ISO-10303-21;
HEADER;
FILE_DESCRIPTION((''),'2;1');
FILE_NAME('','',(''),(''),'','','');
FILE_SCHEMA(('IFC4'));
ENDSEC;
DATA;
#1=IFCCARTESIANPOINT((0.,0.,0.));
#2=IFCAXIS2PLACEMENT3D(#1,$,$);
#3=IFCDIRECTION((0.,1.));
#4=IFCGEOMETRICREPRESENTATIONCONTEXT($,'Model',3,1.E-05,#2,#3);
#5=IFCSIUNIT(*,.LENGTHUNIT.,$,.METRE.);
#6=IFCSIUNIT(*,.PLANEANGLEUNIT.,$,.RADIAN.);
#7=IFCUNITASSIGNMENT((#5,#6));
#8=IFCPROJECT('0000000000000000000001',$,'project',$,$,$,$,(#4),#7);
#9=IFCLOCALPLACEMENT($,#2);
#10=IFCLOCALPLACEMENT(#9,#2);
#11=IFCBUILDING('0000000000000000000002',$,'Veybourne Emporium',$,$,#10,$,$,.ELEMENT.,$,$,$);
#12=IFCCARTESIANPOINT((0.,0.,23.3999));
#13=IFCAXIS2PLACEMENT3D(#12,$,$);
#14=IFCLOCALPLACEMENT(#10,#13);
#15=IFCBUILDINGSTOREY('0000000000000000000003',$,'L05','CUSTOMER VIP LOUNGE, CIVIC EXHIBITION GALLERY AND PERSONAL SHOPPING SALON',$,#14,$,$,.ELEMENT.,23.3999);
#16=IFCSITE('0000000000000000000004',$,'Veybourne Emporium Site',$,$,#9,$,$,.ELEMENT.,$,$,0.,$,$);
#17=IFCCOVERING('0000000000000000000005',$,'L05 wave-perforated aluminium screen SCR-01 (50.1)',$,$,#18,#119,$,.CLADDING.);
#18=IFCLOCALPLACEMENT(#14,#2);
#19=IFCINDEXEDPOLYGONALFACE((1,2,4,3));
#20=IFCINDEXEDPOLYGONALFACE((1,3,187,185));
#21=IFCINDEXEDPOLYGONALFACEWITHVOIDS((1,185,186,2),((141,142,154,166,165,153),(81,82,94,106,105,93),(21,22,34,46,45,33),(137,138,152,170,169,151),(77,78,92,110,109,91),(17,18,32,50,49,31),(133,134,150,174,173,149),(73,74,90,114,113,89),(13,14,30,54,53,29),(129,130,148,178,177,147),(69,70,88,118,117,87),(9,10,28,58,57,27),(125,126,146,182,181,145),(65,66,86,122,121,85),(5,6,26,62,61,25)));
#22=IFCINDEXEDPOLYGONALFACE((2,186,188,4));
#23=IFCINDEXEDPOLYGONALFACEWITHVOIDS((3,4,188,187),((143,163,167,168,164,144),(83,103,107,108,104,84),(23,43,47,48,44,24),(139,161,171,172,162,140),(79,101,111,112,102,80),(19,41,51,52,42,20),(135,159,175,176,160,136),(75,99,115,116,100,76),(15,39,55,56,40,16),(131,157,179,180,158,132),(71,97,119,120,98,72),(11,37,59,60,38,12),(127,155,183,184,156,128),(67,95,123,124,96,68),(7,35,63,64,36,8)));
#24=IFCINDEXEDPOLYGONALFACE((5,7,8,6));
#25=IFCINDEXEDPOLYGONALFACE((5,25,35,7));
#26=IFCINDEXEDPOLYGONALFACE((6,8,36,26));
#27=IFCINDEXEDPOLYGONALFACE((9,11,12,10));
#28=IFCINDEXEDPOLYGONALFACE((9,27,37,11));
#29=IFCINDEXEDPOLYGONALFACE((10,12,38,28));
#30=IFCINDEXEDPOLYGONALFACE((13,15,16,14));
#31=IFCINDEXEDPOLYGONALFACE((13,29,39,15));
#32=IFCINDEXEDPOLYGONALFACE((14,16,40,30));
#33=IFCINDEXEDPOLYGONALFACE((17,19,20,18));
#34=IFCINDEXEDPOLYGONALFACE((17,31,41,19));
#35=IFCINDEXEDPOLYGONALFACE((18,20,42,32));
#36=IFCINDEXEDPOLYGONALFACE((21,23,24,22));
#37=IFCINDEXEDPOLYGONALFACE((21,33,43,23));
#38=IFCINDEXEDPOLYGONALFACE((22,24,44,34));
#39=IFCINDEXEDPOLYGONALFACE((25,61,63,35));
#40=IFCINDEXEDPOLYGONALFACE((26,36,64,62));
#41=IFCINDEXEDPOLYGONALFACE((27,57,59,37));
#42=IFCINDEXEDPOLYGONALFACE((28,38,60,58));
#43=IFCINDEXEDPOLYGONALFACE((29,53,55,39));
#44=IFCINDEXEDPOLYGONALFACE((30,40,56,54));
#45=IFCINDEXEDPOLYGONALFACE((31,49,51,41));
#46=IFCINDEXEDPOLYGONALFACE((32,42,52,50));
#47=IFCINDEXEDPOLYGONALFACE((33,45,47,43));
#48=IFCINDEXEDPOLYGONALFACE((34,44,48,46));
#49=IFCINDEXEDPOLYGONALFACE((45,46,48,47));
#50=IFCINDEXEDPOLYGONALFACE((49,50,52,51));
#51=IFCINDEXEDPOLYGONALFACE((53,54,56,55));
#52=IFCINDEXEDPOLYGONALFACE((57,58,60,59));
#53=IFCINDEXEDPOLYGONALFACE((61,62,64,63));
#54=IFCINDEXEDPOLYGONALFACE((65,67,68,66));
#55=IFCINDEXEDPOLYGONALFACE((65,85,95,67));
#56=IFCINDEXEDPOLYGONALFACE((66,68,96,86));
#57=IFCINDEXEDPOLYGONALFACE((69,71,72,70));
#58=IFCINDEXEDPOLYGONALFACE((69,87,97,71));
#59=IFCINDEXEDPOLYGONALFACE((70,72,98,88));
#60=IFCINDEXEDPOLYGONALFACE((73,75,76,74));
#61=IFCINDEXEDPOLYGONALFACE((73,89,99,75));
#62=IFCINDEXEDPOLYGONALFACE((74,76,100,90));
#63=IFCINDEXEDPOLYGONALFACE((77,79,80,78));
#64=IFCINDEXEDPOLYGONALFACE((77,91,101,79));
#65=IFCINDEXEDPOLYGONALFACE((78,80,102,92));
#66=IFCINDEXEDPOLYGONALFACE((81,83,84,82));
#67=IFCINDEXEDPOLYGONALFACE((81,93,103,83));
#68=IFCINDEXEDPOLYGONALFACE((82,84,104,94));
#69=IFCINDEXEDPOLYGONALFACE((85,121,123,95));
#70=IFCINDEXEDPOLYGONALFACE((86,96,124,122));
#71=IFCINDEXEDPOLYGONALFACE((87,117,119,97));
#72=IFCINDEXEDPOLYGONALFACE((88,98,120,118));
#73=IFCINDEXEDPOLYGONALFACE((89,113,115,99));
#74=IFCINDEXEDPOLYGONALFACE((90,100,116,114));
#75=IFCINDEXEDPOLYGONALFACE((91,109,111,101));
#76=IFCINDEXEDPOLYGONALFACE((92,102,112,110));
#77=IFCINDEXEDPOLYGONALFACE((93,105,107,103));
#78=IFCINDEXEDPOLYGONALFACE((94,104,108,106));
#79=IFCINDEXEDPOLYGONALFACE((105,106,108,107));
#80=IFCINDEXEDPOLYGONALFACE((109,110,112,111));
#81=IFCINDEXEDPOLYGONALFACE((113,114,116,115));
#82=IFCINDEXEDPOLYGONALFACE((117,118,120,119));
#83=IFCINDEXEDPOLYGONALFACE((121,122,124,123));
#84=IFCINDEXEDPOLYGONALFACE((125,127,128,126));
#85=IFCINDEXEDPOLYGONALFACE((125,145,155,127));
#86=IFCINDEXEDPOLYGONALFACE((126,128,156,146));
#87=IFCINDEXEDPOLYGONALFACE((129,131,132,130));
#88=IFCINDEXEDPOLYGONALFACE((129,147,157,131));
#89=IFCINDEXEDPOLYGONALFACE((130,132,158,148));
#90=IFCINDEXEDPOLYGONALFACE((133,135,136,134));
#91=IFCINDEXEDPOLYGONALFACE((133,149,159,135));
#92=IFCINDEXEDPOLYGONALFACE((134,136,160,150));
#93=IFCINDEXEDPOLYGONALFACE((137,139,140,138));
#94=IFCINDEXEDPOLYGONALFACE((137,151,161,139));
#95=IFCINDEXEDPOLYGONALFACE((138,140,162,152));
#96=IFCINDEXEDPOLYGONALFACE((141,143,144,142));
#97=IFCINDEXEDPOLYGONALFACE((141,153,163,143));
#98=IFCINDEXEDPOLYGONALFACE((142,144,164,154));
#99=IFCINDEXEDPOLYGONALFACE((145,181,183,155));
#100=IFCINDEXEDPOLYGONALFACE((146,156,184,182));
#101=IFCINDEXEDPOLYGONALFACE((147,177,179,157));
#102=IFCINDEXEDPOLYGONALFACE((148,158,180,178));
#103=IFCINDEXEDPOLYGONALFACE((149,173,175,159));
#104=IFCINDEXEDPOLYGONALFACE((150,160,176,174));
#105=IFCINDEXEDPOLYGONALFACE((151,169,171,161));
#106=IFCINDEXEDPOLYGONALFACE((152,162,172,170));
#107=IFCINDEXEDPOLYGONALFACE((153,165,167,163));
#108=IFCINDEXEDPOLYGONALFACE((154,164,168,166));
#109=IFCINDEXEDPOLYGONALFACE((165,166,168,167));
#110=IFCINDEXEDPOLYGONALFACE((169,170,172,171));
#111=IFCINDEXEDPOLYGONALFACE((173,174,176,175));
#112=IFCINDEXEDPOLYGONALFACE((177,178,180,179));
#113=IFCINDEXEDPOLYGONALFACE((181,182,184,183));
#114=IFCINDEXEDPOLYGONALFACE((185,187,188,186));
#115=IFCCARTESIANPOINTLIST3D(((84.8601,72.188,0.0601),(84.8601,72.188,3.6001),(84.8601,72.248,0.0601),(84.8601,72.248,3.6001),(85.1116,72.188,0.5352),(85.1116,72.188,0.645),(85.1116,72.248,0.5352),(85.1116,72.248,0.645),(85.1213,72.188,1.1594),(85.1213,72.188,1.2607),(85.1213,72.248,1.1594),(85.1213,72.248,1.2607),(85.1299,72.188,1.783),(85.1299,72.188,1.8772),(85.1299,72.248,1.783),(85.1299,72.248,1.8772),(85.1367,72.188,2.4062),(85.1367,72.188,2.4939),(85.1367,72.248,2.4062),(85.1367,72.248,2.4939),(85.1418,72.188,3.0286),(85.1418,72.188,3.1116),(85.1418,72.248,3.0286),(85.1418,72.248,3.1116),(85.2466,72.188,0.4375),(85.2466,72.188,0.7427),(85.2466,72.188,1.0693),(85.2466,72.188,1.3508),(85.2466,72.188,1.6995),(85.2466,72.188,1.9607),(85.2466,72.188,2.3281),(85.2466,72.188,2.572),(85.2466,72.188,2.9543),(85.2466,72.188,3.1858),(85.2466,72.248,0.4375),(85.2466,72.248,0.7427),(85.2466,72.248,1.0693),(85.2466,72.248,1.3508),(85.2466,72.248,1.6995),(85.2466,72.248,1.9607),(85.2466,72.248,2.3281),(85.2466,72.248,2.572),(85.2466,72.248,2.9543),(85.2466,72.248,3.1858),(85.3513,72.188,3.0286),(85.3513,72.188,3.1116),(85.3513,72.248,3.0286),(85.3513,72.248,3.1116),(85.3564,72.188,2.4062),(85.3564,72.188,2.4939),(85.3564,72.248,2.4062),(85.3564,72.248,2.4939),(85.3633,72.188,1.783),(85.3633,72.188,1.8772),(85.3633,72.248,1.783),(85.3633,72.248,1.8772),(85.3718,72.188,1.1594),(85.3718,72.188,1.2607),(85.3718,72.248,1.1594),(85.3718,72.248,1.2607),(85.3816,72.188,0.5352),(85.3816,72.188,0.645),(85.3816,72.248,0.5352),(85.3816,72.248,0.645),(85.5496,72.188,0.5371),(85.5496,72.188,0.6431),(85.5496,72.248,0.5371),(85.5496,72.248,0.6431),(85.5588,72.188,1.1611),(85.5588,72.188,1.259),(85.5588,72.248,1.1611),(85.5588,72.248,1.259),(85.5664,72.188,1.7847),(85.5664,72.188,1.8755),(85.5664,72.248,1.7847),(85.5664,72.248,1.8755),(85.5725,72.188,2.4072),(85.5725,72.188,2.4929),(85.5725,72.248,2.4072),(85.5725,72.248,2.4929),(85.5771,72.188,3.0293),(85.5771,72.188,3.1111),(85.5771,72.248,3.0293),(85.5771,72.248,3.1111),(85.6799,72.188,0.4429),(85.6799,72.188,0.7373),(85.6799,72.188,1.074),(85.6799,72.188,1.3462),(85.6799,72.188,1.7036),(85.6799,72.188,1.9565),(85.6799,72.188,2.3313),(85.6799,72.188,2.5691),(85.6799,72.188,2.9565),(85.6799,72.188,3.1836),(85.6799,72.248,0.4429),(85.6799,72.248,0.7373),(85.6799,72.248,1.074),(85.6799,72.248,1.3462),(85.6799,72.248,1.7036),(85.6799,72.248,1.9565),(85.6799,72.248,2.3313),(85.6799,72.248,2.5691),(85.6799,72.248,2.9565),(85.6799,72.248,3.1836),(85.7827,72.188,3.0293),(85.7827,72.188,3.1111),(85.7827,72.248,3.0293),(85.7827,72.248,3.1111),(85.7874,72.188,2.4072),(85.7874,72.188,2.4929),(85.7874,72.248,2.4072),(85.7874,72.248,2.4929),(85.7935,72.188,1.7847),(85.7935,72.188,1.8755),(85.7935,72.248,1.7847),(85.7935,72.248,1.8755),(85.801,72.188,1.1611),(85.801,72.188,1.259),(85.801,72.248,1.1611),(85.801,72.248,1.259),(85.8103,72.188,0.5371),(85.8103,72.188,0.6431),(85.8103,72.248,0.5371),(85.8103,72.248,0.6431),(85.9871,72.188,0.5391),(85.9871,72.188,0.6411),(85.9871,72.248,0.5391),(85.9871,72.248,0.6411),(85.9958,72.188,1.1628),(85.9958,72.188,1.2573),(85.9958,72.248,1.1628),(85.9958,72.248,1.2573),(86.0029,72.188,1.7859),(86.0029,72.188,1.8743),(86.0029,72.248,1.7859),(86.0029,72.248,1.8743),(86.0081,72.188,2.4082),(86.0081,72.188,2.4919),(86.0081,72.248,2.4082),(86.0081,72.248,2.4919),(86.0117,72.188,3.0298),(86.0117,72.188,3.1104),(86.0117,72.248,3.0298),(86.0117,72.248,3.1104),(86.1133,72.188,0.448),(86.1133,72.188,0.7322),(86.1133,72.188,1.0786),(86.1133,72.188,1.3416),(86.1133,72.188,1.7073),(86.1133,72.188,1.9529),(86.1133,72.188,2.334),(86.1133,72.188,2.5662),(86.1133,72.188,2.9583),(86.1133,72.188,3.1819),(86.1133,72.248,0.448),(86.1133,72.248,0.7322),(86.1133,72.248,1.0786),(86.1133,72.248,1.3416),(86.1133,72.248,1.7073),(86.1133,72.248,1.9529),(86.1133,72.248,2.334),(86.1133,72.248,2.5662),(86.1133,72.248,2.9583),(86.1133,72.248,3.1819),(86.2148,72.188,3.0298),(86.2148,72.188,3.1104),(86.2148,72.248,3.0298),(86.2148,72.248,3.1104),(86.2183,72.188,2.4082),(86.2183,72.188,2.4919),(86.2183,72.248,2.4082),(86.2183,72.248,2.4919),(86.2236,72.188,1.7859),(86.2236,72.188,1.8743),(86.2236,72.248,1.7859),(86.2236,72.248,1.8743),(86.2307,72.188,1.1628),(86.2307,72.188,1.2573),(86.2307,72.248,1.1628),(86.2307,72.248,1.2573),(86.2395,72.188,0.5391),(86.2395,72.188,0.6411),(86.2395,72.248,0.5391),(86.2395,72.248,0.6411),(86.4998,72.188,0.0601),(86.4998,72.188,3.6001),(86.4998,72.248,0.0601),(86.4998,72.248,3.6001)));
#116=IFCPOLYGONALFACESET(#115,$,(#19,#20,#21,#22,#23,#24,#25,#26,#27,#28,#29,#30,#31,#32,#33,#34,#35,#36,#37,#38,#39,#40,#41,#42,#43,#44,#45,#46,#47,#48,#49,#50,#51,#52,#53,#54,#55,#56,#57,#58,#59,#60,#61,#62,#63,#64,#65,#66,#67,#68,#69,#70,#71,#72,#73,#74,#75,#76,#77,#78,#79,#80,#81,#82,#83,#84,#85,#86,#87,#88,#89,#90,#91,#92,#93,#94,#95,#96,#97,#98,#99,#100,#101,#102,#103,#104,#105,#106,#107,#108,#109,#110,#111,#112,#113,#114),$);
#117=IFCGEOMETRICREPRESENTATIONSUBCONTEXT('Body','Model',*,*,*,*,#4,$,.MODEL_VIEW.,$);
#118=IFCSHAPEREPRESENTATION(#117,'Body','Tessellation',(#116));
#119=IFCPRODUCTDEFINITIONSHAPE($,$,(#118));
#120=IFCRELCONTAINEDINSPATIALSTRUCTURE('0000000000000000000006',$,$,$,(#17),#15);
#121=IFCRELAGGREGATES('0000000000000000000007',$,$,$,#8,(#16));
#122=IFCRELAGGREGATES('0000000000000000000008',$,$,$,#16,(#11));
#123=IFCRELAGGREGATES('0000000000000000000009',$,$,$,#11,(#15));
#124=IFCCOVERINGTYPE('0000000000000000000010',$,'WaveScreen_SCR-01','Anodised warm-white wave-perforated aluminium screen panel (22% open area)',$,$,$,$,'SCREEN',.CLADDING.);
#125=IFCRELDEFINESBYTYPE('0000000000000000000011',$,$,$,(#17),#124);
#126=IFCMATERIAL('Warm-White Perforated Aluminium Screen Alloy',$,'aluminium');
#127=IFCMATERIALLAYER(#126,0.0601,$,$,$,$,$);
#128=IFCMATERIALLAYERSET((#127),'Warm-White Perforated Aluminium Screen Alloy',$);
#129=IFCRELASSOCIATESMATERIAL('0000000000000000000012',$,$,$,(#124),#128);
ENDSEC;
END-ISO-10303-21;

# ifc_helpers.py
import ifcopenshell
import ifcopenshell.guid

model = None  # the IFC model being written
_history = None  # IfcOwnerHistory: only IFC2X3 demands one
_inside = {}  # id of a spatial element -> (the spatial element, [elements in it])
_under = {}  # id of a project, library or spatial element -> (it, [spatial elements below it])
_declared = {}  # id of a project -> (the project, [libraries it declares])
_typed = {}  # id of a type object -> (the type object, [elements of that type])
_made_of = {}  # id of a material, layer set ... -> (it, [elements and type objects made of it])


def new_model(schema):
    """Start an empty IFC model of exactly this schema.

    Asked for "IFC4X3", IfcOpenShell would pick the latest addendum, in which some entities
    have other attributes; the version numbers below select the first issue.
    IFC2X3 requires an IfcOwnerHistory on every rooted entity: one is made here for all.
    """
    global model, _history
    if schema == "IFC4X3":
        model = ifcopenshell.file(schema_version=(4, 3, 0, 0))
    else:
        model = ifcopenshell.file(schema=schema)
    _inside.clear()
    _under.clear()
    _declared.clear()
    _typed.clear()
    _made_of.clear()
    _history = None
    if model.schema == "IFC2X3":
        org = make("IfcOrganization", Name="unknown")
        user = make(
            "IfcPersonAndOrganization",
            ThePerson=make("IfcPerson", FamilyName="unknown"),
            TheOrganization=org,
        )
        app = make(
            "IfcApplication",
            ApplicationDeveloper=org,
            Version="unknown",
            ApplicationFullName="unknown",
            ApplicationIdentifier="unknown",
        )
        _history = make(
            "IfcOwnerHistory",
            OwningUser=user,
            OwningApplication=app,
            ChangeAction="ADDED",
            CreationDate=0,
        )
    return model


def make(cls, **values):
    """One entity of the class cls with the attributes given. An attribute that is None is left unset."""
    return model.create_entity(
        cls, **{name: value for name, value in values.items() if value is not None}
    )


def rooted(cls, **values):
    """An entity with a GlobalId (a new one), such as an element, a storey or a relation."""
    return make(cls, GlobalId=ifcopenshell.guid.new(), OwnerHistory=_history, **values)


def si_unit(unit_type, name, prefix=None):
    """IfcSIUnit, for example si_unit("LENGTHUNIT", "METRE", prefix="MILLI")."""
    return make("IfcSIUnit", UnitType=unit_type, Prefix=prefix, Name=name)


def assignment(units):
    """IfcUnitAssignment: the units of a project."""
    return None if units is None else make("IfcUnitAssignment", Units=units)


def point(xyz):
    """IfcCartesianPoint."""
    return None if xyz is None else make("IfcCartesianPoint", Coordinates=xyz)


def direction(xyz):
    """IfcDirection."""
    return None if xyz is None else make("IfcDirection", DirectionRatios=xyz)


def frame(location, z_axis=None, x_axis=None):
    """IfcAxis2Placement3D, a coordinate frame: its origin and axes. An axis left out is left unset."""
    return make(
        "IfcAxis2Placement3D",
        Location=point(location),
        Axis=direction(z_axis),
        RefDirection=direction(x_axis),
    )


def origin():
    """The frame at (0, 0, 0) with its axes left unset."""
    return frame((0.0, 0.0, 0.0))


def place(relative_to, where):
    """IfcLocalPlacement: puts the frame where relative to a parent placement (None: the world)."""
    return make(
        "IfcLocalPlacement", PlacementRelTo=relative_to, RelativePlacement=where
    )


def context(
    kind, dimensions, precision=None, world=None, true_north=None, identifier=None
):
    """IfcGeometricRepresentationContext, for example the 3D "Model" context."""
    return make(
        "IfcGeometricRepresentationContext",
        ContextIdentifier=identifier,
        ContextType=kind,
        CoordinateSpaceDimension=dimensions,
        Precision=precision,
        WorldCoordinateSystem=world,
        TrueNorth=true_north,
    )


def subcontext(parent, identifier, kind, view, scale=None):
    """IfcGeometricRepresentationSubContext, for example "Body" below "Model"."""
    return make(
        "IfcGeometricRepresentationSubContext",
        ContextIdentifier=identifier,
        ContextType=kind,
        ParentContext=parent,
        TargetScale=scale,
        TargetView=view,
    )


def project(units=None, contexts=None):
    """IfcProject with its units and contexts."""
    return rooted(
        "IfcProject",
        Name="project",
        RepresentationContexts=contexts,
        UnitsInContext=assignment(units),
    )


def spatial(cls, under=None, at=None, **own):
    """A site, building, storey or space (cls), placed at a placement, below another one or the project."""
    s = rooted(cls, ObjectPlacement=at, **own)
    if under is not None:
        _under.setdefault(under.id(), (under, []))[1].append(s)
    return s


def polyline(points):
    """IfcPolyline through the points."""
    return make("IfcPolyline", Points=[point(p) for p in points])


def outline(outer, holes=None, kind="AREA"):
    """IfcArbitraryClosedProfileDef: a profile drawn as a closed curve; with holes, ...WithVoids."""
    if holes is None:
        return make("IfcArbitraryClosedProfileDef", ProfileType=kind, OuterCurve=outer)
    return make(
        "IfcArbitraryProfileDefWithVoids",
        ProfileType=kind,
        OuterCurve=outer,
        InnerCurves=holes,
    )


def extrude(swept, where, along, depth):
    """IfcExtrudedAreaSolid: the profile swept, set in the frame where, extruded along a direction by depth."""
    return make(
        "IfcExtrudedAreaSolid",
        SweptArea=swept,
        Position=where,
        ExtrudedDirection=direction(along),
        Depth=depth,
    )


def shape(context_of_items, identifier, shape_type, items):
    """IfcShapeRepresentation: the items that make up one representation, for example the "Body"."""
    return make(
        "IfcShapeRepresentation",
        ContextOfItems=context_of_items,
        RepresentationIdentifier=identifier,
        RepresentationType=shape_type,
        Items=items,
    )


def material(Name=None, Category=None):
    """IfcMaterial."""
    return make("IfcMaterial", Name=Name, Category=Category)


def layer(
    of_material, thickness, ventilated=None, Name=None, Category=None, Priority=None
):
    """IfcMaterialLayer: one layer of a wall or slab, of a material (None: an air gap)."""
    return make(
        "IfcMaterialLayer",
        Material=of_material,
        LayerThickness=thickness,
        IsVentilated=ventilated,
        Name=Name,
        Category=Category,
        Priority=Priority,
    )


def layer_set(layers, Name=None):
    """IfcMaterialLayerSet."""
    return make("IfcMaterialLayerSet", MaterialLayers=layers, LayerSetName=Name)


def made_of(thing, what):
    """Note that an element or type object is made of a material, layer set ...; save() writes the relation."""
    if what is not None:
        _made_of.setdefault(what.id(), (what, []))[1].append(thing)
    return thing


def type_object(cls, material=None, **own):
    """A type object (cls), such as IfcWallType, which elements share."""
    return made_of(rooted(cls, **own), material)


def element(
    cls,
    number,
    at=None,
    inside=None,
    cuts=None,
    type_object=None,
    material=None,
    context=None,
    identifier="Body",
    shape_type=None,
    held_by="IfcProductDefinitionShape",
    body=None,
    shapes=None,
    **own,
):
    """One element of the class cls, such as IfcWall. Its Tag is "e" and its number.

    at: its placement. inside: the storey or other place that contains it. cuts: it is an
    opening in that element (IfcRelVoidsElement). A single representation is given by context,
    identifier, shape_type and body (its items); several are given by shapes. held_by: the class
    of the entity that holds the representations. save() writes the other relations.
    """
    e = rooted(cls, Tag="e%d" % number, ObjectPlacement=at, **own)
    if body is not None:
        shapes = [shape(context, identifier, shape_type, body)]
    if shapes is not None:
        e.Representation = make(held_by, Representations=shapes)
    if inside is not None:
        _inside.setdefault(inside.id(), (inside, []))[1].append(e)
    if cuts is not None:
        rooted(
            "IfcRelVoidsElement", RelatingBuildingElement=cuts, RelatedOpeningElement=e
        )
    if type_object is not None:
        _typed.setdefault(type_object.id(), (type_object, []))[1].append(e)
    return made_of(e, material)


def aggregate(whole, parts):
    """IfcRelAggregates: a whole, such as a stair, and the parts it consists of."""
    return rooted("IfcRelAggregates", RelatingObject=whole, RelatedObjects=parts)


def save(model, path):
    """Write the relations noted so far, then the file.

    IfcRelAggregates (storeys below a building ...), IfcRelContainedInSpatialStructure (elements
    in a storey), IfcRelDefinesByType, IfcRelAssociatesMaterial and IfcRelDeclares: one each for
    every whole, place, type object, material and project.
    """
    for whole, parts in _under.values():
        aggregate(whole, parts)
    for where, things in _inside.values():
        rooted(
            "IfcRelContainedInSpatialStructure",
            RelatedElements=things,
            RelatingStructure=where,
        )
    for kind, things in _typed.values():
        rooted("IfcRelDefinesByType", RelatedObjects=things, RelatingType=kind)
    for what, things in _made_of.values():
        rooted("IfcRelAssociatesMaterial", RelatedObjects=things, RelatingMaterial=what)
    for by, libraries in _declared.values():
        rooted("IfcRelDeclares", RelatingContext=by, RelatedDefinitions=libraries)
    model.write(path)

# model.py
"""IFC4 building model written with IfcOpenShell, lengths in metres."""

from ifc_helpers import new_model, si_unit, direction, frame, origin, place, context, subcontext, project, spatial, polyline, outline, extrude, material, layer, layer_set, type_object, element, save


model = new_model("IFC4")

# Units and contexts
model_context = context("Model", 3, precision=1e-05, world=origin(), true_north=direction((0.0, 1.0)))
body_context = subcontext(model_context, "Body", "Model", "MODEL_VIEW")
ifc_project = project(units=[si_unit("LENGTHUNIT", "METRE"), si_unit("PLANEANGLEUNIT", "RADIAN")], contexts=[model_context])

# Site, building, storey
site_placement = place(None, origin())
site = spatial("IfcSite", under=ifc_project, at=site_placement, Name="Veybourne Emporium Site", CompositionType="ELEMENT", RefElevation=0.0)
building_placement = place(site_placement, origin())
building = spatial("IfcBuilding", under=site, at=building_placement, Name="Veybourne Emporium", CompositionType="ELEMENT")
storey_placement = place(building_placement, frame((0.0, 0.0, 23.3999)))
storey = spatial("IfcBuildingStorey", under=building, at=storey_placement, Name="L05", Description="CUSTOMER VIP LOUNGE, CIVIC EXHIBITION GALLERY AND PERSONAL SHOPPING SALON", CompositionType="ELEMENT", Elevation=23.3999)

# Covering
ifc_material_1 = material(Name="Warm-White Perforated Aluminium Screen Alloy", Category="aluminium")
ifc_layer_1 = layer(ifc_material_1, 0.0601)
ifc_layer_set_1 = layer_set([ifc_layer_1], Name="Warm-White Perforated Aluminium Screen Alloy")
covering_type_1 = type_object("IfcCoveringType", Name="WaveScreen_SCR-01", Description="Anodised warm-white wave-perforated aluminium screen panel (22% open area)", ElementType="SCREEN", PredefinedType="CLADDING", material=ifc_layer_set_1)
covering_1_placement = place(storey_placement, frame((85.6799, 72.248, 1.8301), z_axis=(0.0, -1.0, 0.0), x_axis=(1.0, 0.0, 0.0)))
element("IfcCovering", 1, at=covering_1_placement, inside=storey, type_object=covering_type_1, Name="L05 wave-perforated aluminium screen SCR-01 (50.1)", PredefinedType="CLADDING", context=body_context, shape_type="SweptSolid", body=[
    extrude(outline(polyline([(-0.8198, -1.77), (0.8198, -1.77), (0.8198, 1.77), (-0.8198, 1.77), (-0.8198, -1.77)]), holes=[polyline([(-0.4333, -1.0874), (-0.2983, -1.1851), (-0.2983, -1.2949), (-0.4333, -1.3926), (-0.5684, -1.2949), (-0.5684, -1.1851), (-0.4333, -1.0874)]), polyline([(-0.4333, -0.4792), (-0.3081, -0.5693), (-0.3081, -0.6707), (-0.4333, -0.7607), (-0.5586, -0.6707), (-0.5586, -0.5693), (-0.4333, -0.4792)]), polyline([(-0.4333, 0.1306), (-0.3167, 0.0471), (-0.3167, -0.0471), (-0.4333, -0.1306), (-0.55, -0.0471), (-0.55, 0.0471), (-0.4333, 0.1306)]), polyline([(-0.4333, 0.7419), (-0.3235, 0.6638), (-0.3235, 0.5762), (-0.4333, 0.498), (-0.5432, 0.5762), (-0.5432, 0.6638), (-0.4333, 0.7419)]), polyline([(-0.4333, 1.3557), (-0.3286, 1.2815), (-0.3286, 1.1985), (-0.4333, 1.1243), (-0.5381, 1.1985), (-0.5381, 1.2815), (-0.4333, 1.3557)]), polyline([(0.0, -1.0928), (0.1304, -1.187), (0.1304, -1.293), (0.0, -1.3872), (-0.1304, -1.293), (-0.1304, -1.187), (0.0, -1.0928)]), polyline([(0.0, -0.4839), (0.1211, -0.571), (0.1211, -0.6689), (0.0, -0.7561), (-0.1211, -0.6689), (-0.1211, -0.571), (0.0, -0.4839)]), polyline([(0.0, 0.1265), (0.1135, 0.0454), (0.1135, -0.0454), (0.0, -0.1265), (-0.1135, -0.0454), (-0.1135, 0.0454), (0.0, 0.1265)]), polyline([(0.0, 0.739), (0.1074, 0.6628), (0.1074, 0.5771), (0.0, 0.5012), (-0.1074, 0.5771), (-0.1074, 0.6628), (0.0, 0.739)]), polyline([(0.0, 1.3535), (0.1028, 1.281), (0.1028, 1.1992), (0.0, 1.1265), (-0.1028, 1.1992), (-0.1028, 1.281), (0.0, 1.3535)]), polyline([(0.4333, -1.0979), (0.5596, -1.189), (0.5596, -1.291), (0.4333, -1.3821), (0.3071, -1.291), (0.3071, -1.189), (0.4333, -1.0979)]), polyline([(0.4333, -0.4885), (0.5508, -0.5728), (0.5508, -0.6672), (0.4333, -0.7515), (0.3159, -0.6672), (0.3159, -0.5728), (0.4333, -0.4885)]), polyline([(0.4333, 0.1228), (0.5437, 0.0442), (0.5437, -0.0442), (0.4333, -0.1228), (0.323, -0.0442), (0.323, 0.0442), (0.4333, 0.1228)]), polyline([(0.4333, 0.7361), (0.5383, 0.6619), (0.5383, 0.5781), (0.4333, 0.5039), (0.3281, 0.5781), (0.3281, 0.6619), (0.4333, 0.7361)]), polyline([(0.4333, 1.3518), (0.5349, 1.2803), (0.5349, 1.1997), (0.4333, 1.1282), (0.3318, 1.1997), (0.3318, 1.2803), (0.4333, 1.3518)])]), origin(), (0.0, 0.0, 1.0), 0.0601),
])

save(model, "model.ifc")
